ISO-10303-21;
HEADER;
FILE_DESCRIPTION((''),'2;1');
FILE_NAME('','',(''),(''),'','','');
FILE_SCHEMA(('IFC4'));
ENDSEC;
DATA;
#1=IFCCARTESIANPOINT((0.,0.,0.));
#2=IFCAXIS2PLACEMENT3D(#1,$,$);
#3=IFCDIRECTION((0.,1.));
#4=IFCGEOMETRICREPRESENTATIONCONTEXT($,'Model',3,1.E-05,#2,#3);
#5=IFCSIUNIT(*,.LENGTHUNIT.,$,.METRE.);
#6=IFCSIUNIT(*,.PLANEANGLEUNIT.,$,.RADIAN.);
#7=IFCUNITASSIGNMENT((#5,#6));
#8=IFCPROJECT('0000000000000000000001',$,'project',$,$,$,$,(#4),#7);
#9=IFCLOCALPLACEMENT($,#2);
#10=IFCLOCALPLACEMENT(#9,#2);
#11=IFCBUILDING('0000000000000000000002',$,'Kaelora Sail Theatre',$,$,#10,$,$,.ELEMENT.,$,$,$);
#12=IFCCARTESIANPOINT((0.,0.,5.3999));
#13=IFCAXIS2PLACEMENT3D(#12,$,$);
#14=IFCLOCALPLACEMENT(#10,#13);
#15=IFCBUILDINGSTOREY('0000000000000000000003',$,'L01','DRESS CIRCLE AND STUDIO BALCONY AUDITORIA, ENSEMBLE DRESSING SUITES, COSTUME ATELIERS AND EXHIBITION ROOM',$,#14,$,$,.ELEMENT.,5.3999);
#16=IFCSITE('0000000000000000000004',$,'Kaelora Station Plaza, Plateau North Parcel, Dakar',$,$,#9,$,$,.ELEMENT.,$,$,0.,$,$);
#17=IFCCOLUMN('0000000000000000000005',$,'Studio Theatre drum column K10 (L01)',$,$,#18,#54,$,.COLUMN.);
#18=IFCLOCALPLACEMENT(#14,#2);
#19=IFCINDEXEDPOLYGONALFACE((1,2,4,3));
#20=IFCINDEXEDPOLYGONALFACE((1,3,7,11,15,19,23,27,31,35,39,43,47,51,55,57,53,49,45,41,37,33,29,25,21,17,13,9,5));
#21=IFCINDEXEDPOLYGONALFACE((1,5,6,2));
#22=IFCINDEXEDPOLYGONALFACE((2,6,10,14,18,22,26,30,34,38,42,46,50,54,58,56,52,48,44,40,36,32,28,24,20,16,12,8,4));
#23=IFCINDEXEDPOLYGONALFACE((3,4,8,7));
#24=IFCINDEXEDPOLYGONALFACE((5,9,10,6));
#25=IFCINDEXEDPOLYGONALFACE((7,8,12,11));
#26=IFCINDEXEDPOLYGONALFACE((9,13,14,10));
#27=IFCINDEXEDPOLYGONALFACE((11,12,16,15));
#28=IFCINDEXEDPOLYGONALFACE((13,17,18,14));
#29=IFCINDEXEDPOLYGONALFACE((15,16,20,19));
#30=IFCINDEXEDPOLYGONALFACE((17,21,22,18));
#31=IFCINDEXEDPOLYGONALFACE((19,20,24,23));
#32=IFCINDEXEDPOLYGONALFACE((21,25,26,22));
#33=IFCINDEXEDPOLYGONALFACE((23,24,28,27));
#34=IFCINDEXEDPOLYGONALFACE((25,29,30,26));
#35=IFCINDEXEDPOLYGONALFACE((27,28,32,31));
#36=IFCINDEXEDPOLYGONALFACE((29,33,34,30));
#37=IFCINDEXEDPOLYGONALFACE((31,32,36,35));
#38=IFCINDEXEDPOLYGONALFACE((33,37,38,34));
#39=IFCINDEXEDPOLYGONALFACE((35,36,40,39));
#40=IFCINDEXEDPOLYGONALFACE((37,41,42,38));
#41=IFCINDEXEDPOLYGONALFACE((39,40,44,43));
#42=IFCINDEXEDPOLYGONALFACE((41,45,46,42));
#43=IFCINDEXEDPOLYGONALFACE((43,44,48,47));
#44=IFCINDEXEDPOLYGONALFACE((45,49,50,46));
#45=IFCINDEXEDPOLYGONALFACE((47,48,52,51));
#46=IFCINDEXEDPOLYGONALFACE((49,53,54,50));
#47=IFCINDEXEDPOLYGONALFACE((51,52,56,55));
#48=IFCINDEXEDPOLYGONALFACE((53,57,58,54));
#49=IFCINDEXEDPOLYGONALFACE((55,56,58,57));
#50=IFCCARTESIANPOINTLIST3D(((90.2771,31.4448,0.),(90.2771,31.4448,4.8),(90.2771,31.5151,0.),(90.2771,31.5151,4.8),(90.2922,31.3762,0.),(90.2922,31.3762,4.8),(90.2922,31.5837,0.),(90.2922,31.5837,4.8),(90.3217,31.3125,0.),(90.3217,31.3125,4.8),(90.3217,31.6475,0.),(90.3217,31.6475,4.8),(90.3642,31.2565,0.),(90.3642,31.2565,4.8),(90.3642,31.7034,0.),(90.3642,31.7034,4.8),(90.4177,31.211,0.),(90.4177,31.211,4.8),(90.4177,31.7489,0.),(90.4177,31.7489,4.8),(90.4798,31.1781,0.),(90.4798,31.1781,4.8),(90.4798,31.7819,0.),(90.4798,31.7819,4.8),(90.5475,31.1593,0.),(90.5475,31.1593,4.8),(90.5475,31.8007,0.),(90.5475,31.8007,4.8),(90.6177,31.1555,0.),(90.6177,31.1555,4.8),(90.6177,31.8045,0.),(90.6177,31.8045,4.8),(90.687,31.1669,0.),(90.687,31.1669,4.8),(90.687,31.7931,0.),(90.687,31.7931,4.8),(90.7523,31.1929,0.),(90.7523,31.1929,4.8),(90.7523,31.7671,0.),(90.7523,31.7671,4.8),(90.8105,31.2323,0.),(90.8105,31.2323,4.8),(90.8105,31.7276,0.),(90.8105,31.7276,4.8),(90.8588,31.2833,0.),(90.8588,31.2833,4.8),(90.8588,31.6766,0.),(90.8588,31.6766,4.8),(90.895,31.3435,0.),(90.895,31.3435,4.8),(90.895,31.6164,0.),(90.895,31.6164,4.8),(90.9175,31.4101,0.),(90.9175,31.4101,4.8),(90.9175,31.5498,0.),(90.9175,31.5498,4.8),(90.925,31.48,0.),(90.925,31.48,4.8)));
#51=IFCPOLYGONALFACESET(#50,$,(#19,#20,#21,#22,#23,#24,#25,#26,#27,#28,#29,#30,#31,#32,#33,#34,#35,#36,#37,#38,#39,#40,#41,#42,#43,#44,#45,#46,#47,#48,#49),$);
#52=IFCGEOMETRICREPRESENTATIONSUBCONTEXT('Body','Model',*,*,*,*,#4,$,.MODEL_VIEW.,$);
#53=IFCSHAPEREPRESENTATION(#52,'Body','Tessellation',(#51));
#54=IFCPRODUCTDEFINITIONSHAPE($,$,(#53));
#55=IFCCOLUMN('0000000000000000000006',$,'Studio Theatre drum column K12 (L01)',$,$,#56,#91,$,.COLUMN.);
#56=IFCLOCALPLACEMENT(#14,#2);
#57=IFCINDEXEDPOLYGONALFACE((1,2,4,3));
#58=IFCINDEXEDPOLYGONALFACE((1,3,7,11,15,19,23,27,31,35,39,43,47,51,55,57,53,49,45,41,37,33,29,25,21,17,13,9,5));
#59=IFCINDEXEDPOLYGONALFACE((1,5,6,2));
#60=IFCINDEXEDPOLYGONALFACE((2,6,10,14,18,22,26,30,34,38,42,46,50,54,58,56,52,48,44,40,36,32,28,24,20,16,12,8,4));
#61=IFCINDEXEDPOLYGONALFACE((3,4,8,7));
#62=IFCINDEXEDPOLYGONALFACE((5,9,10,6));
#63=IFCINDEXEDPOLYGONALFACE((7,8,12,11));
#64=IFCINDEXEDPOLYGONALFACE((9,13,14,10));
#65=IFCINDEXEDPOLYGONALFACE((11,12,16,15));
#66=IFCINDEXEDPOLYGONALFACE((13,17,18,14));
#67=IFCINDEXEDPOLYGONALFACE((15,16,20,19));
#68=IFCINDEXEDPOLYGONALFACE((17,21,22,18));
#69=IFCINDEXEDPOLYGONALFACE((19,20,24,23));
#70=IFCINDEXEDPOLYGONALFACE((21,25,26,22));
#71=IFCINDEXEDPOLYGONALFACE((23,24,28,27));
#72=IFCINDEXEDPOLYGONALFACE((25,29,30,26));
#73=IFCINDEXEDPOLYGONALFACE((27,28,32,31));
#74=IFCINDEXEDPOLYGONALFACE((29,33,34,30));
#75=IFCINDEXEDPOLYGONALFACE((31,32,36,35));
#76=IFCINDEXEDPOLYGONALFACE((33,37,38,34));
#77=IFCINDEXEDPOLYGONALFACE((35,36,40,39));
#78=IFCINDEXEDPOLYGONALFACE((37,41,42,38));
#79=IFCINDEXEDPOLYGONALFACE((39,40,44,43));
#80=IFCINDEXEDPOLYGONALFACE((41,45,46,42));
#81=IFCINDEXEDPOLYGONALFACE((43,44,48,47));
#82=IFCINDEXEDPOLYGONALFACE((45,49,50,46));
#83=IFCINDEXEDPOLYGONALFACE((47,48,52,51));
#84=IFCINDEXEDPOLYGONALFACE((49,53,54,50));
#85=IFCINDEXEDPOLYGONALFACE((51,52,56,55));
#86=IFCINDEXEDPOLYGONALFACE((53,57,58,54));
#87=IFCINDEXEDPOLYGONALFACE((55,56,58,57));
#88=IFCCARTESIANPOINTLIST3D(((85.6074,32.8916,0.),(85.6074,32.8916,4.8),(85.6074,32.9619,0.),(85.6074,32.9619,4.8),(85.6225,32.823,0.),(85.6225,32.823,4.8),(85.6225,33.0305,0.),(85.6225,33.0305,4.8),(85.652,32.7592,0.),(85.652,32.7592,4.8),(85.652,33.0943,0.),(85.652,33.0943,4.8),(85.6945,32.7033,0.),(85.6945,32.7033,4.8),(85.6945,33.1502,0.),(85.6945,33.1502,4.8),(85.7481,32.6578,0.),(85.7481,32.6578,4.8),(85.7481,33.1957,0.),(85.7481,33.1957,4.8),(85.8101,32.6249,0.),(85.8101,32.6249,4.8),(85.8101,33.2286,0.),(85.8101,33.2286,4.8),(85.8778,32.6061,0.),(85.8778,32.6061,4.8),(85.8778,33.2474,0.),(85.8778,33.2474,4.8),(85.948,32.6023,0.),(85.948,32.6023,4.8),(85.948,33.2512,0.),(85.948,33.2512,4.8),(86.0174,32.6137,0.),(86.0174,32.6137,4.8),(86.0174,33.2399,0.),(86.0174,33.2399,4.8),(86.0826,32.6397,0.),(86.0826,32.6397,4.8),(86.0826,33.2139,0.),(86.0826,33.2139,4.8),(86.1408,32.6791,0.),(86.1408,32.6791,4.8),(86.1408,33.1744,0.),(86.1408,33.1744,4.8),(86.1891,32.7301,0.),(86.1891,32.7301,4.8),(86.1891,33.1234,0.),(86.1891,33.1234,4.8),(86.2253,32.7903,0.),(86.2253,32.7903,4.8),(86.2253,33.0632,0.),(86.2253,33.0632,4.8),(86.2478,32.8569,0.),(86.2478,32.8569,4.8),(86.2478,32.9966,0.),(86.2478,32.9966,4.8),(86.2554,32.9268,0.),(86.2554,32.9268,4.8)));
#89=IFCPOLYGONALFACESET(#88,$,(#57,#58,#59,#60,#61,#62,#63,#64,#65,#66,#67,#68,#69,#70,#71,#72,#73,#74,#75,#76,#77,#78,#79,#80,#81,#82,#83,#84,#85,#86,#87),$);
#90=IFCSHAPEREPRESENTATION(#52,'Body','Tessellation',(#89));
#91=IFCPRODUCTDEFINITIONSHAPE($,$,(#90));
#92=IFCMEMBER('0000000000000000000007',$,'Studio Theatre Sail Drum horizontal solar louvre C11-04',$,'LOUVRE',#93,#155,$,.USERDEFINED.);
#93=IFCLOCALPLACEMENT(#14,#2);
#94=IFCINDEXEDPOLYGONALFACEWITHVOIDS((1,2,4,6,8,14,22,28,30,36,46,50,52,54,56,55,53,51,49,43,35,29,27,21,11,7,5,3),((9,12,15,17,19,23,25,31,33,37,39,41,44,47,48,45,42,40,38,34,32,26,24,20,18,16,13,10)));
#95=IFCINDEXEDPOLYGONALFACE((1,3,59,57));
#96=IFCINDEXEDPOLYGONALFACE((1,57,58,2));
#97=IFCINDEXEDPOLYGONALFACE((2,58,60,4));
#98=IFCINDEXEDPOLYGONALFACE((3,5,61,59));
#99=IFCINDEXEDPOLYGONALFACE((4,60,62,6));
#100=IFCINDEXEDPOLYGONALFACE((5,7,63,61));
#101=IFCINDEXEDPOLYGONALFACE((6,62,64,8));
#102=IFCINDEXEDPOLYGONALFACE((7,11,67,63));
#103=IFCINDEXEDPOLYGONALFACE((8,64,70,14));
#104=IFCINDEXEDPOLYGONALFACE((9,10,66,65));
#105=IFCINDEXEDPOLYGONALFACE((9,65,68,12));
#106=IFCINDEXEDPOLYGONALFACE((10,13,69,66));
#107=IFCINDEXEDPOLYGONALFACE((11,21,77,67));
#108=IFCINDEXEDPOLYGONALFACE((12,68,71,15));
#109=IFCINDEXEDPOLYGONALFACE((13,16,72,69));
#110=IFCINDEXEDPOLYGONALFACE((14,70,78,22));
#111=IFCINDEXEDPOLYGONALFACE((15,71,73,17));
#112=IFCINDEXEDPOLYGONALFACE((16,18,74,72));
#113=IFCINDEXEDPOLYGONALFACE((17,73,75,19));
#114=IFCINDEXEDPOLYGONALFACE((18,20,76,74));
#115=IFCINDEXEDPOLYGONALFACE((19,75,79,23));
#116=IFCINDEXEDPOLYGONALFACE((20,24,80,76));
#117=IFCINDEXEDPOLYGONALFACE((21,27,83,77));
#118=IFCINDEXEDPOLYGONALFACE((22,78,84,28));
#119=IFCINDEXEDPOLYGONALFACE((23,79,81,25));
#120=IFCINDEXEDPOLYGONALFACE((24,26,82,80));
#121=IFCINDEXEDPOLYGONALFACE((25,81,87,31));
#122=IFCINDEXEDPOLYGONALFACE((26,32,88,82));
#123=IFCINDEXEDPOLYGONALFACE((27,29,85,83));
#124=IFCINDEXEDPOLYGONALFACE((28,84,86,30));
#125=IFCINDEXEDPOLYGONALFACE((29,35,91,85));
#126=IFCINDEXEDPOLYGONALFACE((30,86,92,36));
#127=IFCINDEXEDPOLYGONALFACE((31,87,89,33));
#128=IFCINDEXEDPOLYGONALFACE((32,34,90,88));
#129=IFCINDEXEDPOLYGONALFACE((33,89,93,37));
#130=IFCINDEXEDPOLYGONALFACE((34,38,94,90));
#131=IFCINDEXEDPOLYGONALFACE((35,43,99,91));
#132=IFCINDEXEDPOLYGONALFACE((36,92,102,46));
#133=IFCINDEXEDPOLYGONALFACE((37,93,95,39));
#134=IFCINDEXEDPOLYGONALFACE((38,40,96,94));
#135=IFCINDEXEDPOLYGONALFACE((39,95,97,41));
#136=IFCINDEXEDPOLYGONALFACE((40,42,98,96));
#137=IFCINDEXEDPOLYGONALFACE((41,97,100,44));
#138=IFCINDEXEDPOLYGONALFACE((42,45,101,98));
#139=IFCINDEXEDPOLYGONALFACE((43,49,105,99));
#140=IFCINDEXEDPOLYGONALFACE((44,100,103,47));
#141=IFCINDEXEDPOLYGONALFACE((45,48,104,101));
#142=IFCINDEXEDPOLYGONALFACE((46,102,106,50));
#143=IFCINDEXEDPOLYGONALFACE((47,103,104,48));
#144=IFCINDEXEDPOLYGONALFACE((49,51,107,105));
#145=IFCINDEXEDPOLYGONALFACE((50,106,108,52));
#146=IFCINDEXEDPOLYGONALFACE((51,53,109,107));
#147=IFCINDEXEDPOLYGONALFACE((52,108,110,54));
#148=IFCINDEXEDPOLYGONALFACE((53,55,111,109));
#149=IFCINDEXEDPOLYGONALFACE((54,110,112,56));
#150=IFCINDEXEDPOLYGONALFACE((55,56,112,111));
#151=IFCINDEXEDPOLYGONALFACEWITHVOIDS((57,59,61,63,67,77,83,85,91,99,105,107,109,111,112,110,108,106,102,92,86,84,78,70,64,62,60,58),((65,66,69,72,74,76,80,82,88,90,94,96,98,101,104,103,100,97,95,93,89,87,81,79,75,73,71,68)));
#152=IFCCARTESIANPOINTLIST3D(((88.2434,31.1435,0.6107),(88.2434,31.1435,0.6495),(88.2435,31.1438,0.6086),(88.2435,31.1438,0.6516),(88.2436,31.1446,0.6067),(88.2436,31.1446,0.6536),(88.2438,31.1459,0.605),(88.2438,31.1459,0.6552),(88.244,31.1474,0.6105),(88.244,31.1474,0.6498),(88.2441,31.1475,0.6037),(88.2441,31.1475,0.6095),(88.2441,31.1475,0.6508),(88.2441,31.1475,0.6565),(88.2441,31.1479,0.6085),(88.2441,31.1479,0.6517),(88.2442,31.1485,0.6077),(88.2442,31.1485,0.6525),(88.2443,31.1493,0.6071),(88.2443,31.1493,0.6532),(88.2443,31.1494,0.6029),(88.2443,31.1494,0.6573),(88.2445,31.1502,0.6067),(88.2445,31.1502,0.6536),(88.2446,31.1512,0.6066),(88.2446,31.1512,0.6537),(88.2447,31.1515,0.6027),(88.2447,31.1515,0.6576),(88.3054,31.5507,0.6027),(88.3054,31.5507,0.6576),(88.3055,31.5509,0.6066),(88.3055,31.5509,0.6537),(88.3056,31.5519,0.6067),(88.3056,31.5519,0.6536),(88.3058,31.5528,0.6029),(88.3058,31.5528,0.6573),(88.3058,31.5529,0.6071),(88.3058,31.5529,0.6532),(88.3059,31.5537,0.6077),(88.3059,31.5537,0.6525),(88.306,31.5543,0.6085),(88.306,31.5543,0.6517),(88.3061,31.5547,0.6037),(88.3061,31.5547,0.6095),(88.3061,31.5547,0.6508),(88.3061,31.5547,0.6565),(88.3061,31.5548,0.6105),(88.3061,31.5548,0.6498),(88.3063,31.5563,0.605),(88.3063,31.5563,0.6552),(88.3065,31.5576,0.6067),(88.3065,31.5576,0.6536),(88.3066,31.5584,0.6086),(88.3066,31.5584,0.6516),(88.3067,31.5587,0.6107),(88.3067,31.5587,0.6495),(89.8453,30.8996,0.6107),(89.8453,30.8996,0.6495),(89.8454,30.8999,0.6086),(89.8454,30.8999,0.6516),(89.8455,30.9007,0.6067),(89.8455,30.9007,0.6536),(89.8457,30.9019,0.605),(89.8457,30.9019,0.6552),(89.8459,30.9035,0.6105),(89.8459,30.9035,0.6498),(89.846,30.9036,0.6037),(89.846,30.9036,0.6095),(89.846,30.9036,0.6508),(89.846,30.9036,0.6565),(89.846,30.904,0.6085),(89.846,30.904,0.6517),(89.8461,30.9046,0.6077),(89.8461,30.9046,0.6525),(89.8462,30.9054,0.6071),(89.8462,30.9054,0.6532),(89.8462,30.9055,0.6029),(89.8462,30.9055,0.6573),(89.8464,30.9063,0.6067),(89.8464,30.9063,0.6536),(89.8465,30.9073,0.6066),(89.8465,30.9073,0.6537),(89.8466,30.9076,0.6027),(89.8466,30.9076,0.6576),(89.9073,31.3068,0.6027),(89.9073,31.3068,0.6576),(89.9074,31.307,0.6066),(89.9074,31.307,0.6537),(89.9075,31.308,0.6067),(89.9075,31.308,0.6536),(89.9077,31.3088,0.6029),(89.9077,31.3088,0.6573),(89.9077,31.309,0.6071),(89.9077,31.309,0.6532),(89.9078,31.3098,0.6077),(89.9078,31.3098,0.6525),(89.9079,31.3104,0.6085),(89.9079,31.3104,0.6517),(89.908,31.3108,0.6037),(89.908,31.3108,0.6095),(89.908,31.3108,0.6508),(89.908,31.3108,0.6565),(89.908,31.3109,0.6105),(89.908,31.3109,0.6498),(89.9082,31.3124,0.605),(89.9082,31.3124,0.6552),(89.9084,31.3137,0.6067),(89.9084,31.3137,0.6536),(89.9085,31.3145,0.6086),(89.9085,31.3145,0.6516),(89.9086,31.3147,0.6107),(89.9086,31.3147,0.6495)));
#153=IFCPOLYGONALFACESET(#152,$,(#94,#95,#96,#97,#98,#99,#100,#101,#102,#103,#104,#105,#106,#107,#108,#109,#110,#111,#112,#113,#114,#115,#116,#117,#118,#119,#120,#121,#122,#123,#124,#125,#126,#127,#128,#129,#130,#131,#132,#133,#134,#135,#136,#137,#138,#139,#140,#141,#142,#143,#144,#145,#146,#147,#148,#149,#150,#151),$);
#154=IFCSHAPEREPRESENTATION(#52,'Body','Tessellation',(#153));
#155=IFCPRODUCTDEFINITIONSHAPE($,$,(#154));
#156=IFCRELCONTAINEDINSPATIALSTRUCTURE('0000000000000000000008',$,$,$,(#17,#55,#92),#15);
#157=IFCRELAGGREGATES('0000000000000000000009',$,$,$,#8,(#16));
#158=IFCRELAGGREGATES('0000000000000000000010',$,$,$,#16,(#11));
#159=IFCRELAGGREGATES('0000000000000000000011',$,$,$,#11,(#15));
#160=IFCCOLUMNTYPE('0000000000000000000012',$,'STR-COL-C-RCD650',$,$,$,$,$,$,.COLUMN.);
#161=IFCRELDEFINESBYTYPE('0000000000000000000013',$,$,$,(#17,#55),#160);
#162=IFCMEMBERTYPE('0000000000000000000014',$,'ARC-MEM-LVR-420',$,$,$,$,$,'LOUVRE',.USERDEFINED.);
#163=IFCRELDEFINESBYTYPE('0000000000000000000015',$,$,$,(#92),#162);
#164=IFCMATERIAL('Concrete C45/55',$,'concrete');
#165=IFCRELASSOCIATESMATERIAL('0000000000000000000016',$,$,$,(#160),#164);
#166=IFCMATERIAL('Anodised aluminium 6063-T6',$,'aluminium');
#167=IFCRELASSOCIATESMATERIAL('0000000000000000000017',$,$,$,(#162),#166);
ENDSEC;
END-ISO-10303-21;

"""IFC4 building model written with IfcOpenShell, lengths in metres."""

from ifc_helpers import new_model, si_unit, direction, frame, origin, origin_2d, place, context, subcontext, project, spatial, hollow_rectangle, circle, extrude, material, material_profile, profile_set, type_object, element, save


model = new_model("IFC4")

# Units and contexts
model_context = context("Model", 3, precision=1e-05, world=origin(), true_north=direction((0.0, 1.0)))
body_context = subcontext(model_context, "Body", "Model", "MODEL_VIEW")
ifc_project = project(units=[si_unit("LENGTHUNIT", "METRE"), si_unit("PLANEANGLEUNIT", "RADIAN")], contexts=[model_context])

# Site, building, storey
site_placement = place(None, origin())
site = spatial("IfcSite", under=ifc_project, at=site_placement, Name="Kaelora Station Plaza, Plateau North Parcel, Dakar", CompositionType="ELEMENT", RefElevation=0.0)
building_placement = place(site_placement, origin())
building = spatial("IfcBuilding", under=site, at=building_placement, Name="Kaelora Sail Theatre", CompositionType="ELEMENT")
storey_placement = place(building_placement, frame((0.0, 0.0, 5.3999)))
storey = spatial("IfcBuildingStorey", under=building, at=storey_placement, Name="L01", Description="DRESS CIRCLE AND STUDIO BALCONY AUDITORIA, ENSEMBLE DRESSING SUITES, COSTUME ATELIERS AND EXHIBITION ROOM", CompositionType="ELEMENT", Elevation=5.3999)

# Columns
ifc_material_1 = material(Name="Concrete C45/55", Category="concrete")
ifc_material_profile_1 = material_profile(ifc_material_1, circle(Radius=0.325, at=origin_2d()), Name="RC-CCOL D650")
ifc_profile_set_1 = profile_set([ifc_material_profile_1], Name="Concrete C45/55")
column_type = type_object("IfcColumnType", Name="STR-COL-C-RCD650", PredefinedType="COLUMN", material=ifc_profile_set_1)
for number, where, z_axis, x_axis, name in (
    (1, (90.6001, 31.48, 0.0), (0.0, 0.0, 1.0), (1.0, 0.0, 0.0), "Studio Theatre drum column K10 (L01)"),
    (2, (85.9304, 32.9268, 0.0), (0.0, 0.0, 1.0), (1.0, 0.0, 0.0), "Studio Theatre drum column K12 (L01)"),
):
    element("IfcColumn", number, at=place(storey_placement, frame(where, z_axis=z_axis, x_axis=x_axis)), inside=storey, type_object=column_type, Name=name, PredefinedType="COLUMN", context=body_context, shape_type="SweptSolid", body=[
        extrude(circle(Radius=0.325, at=origin_2d()), origin(), (0.0, 0.0, 1.0), 4.8),
    ])

# Member
ifc_material_2 = material(Name="Anodised aluminium 6063-T6", Category="aluminium")
ifc_material_profile_2 = material_profile(ifc_material_2, hollow_rectangle(XDim=0.4199, YDim=0.0549, WallThickness=0.0039, InnerFilletRadius=0.0039, OuterFilletRadius=0.0081, at=origin_2d()), Name="LOUVRE 420x55x4")
ifc_profile_set_2 = profile_set([ifc_material_profile_2], Name="Anodised aluminium 6063-T6")
member_type = type_object("IfcMemberType", Name="ARC-MEM-LVR-420", ElementType="LOUVRE", PredefinedType="USERDEFINED", material=ifc_profile_set_2)
for number, where, z_axis, x_axis, name in (
    (3, (89.877, 31.1072, 0.6301), (-0.988606, 0.150528, 0.0), (-0.150528, -0.988606, 0.0), "Studio Theatre Sail Drum horizontal solar louvre C11-04"),
):
    element("IfcMember", number, at=place(storey_placement, frame(where, z_axis=z_axis, x_axis=x_axis)), inside=storey, type_object=member_type, Name=name, ObjectType="LOUVRE", PredefinedType="USERDEFINED", context=body_context, shape_type="SweptSolid", body=[
        extrude(hollow_rectangle(XDim=0.4199, YDim=0.0549, WallThickness=0.0039, InnerFilletRadius=0.0039, OuterFilletRadius=0.0081, at=origin_2d()), origin(), (0.0, 0.0, 1.0), 1.6204),
    ])

save(model, "model.ifc")
